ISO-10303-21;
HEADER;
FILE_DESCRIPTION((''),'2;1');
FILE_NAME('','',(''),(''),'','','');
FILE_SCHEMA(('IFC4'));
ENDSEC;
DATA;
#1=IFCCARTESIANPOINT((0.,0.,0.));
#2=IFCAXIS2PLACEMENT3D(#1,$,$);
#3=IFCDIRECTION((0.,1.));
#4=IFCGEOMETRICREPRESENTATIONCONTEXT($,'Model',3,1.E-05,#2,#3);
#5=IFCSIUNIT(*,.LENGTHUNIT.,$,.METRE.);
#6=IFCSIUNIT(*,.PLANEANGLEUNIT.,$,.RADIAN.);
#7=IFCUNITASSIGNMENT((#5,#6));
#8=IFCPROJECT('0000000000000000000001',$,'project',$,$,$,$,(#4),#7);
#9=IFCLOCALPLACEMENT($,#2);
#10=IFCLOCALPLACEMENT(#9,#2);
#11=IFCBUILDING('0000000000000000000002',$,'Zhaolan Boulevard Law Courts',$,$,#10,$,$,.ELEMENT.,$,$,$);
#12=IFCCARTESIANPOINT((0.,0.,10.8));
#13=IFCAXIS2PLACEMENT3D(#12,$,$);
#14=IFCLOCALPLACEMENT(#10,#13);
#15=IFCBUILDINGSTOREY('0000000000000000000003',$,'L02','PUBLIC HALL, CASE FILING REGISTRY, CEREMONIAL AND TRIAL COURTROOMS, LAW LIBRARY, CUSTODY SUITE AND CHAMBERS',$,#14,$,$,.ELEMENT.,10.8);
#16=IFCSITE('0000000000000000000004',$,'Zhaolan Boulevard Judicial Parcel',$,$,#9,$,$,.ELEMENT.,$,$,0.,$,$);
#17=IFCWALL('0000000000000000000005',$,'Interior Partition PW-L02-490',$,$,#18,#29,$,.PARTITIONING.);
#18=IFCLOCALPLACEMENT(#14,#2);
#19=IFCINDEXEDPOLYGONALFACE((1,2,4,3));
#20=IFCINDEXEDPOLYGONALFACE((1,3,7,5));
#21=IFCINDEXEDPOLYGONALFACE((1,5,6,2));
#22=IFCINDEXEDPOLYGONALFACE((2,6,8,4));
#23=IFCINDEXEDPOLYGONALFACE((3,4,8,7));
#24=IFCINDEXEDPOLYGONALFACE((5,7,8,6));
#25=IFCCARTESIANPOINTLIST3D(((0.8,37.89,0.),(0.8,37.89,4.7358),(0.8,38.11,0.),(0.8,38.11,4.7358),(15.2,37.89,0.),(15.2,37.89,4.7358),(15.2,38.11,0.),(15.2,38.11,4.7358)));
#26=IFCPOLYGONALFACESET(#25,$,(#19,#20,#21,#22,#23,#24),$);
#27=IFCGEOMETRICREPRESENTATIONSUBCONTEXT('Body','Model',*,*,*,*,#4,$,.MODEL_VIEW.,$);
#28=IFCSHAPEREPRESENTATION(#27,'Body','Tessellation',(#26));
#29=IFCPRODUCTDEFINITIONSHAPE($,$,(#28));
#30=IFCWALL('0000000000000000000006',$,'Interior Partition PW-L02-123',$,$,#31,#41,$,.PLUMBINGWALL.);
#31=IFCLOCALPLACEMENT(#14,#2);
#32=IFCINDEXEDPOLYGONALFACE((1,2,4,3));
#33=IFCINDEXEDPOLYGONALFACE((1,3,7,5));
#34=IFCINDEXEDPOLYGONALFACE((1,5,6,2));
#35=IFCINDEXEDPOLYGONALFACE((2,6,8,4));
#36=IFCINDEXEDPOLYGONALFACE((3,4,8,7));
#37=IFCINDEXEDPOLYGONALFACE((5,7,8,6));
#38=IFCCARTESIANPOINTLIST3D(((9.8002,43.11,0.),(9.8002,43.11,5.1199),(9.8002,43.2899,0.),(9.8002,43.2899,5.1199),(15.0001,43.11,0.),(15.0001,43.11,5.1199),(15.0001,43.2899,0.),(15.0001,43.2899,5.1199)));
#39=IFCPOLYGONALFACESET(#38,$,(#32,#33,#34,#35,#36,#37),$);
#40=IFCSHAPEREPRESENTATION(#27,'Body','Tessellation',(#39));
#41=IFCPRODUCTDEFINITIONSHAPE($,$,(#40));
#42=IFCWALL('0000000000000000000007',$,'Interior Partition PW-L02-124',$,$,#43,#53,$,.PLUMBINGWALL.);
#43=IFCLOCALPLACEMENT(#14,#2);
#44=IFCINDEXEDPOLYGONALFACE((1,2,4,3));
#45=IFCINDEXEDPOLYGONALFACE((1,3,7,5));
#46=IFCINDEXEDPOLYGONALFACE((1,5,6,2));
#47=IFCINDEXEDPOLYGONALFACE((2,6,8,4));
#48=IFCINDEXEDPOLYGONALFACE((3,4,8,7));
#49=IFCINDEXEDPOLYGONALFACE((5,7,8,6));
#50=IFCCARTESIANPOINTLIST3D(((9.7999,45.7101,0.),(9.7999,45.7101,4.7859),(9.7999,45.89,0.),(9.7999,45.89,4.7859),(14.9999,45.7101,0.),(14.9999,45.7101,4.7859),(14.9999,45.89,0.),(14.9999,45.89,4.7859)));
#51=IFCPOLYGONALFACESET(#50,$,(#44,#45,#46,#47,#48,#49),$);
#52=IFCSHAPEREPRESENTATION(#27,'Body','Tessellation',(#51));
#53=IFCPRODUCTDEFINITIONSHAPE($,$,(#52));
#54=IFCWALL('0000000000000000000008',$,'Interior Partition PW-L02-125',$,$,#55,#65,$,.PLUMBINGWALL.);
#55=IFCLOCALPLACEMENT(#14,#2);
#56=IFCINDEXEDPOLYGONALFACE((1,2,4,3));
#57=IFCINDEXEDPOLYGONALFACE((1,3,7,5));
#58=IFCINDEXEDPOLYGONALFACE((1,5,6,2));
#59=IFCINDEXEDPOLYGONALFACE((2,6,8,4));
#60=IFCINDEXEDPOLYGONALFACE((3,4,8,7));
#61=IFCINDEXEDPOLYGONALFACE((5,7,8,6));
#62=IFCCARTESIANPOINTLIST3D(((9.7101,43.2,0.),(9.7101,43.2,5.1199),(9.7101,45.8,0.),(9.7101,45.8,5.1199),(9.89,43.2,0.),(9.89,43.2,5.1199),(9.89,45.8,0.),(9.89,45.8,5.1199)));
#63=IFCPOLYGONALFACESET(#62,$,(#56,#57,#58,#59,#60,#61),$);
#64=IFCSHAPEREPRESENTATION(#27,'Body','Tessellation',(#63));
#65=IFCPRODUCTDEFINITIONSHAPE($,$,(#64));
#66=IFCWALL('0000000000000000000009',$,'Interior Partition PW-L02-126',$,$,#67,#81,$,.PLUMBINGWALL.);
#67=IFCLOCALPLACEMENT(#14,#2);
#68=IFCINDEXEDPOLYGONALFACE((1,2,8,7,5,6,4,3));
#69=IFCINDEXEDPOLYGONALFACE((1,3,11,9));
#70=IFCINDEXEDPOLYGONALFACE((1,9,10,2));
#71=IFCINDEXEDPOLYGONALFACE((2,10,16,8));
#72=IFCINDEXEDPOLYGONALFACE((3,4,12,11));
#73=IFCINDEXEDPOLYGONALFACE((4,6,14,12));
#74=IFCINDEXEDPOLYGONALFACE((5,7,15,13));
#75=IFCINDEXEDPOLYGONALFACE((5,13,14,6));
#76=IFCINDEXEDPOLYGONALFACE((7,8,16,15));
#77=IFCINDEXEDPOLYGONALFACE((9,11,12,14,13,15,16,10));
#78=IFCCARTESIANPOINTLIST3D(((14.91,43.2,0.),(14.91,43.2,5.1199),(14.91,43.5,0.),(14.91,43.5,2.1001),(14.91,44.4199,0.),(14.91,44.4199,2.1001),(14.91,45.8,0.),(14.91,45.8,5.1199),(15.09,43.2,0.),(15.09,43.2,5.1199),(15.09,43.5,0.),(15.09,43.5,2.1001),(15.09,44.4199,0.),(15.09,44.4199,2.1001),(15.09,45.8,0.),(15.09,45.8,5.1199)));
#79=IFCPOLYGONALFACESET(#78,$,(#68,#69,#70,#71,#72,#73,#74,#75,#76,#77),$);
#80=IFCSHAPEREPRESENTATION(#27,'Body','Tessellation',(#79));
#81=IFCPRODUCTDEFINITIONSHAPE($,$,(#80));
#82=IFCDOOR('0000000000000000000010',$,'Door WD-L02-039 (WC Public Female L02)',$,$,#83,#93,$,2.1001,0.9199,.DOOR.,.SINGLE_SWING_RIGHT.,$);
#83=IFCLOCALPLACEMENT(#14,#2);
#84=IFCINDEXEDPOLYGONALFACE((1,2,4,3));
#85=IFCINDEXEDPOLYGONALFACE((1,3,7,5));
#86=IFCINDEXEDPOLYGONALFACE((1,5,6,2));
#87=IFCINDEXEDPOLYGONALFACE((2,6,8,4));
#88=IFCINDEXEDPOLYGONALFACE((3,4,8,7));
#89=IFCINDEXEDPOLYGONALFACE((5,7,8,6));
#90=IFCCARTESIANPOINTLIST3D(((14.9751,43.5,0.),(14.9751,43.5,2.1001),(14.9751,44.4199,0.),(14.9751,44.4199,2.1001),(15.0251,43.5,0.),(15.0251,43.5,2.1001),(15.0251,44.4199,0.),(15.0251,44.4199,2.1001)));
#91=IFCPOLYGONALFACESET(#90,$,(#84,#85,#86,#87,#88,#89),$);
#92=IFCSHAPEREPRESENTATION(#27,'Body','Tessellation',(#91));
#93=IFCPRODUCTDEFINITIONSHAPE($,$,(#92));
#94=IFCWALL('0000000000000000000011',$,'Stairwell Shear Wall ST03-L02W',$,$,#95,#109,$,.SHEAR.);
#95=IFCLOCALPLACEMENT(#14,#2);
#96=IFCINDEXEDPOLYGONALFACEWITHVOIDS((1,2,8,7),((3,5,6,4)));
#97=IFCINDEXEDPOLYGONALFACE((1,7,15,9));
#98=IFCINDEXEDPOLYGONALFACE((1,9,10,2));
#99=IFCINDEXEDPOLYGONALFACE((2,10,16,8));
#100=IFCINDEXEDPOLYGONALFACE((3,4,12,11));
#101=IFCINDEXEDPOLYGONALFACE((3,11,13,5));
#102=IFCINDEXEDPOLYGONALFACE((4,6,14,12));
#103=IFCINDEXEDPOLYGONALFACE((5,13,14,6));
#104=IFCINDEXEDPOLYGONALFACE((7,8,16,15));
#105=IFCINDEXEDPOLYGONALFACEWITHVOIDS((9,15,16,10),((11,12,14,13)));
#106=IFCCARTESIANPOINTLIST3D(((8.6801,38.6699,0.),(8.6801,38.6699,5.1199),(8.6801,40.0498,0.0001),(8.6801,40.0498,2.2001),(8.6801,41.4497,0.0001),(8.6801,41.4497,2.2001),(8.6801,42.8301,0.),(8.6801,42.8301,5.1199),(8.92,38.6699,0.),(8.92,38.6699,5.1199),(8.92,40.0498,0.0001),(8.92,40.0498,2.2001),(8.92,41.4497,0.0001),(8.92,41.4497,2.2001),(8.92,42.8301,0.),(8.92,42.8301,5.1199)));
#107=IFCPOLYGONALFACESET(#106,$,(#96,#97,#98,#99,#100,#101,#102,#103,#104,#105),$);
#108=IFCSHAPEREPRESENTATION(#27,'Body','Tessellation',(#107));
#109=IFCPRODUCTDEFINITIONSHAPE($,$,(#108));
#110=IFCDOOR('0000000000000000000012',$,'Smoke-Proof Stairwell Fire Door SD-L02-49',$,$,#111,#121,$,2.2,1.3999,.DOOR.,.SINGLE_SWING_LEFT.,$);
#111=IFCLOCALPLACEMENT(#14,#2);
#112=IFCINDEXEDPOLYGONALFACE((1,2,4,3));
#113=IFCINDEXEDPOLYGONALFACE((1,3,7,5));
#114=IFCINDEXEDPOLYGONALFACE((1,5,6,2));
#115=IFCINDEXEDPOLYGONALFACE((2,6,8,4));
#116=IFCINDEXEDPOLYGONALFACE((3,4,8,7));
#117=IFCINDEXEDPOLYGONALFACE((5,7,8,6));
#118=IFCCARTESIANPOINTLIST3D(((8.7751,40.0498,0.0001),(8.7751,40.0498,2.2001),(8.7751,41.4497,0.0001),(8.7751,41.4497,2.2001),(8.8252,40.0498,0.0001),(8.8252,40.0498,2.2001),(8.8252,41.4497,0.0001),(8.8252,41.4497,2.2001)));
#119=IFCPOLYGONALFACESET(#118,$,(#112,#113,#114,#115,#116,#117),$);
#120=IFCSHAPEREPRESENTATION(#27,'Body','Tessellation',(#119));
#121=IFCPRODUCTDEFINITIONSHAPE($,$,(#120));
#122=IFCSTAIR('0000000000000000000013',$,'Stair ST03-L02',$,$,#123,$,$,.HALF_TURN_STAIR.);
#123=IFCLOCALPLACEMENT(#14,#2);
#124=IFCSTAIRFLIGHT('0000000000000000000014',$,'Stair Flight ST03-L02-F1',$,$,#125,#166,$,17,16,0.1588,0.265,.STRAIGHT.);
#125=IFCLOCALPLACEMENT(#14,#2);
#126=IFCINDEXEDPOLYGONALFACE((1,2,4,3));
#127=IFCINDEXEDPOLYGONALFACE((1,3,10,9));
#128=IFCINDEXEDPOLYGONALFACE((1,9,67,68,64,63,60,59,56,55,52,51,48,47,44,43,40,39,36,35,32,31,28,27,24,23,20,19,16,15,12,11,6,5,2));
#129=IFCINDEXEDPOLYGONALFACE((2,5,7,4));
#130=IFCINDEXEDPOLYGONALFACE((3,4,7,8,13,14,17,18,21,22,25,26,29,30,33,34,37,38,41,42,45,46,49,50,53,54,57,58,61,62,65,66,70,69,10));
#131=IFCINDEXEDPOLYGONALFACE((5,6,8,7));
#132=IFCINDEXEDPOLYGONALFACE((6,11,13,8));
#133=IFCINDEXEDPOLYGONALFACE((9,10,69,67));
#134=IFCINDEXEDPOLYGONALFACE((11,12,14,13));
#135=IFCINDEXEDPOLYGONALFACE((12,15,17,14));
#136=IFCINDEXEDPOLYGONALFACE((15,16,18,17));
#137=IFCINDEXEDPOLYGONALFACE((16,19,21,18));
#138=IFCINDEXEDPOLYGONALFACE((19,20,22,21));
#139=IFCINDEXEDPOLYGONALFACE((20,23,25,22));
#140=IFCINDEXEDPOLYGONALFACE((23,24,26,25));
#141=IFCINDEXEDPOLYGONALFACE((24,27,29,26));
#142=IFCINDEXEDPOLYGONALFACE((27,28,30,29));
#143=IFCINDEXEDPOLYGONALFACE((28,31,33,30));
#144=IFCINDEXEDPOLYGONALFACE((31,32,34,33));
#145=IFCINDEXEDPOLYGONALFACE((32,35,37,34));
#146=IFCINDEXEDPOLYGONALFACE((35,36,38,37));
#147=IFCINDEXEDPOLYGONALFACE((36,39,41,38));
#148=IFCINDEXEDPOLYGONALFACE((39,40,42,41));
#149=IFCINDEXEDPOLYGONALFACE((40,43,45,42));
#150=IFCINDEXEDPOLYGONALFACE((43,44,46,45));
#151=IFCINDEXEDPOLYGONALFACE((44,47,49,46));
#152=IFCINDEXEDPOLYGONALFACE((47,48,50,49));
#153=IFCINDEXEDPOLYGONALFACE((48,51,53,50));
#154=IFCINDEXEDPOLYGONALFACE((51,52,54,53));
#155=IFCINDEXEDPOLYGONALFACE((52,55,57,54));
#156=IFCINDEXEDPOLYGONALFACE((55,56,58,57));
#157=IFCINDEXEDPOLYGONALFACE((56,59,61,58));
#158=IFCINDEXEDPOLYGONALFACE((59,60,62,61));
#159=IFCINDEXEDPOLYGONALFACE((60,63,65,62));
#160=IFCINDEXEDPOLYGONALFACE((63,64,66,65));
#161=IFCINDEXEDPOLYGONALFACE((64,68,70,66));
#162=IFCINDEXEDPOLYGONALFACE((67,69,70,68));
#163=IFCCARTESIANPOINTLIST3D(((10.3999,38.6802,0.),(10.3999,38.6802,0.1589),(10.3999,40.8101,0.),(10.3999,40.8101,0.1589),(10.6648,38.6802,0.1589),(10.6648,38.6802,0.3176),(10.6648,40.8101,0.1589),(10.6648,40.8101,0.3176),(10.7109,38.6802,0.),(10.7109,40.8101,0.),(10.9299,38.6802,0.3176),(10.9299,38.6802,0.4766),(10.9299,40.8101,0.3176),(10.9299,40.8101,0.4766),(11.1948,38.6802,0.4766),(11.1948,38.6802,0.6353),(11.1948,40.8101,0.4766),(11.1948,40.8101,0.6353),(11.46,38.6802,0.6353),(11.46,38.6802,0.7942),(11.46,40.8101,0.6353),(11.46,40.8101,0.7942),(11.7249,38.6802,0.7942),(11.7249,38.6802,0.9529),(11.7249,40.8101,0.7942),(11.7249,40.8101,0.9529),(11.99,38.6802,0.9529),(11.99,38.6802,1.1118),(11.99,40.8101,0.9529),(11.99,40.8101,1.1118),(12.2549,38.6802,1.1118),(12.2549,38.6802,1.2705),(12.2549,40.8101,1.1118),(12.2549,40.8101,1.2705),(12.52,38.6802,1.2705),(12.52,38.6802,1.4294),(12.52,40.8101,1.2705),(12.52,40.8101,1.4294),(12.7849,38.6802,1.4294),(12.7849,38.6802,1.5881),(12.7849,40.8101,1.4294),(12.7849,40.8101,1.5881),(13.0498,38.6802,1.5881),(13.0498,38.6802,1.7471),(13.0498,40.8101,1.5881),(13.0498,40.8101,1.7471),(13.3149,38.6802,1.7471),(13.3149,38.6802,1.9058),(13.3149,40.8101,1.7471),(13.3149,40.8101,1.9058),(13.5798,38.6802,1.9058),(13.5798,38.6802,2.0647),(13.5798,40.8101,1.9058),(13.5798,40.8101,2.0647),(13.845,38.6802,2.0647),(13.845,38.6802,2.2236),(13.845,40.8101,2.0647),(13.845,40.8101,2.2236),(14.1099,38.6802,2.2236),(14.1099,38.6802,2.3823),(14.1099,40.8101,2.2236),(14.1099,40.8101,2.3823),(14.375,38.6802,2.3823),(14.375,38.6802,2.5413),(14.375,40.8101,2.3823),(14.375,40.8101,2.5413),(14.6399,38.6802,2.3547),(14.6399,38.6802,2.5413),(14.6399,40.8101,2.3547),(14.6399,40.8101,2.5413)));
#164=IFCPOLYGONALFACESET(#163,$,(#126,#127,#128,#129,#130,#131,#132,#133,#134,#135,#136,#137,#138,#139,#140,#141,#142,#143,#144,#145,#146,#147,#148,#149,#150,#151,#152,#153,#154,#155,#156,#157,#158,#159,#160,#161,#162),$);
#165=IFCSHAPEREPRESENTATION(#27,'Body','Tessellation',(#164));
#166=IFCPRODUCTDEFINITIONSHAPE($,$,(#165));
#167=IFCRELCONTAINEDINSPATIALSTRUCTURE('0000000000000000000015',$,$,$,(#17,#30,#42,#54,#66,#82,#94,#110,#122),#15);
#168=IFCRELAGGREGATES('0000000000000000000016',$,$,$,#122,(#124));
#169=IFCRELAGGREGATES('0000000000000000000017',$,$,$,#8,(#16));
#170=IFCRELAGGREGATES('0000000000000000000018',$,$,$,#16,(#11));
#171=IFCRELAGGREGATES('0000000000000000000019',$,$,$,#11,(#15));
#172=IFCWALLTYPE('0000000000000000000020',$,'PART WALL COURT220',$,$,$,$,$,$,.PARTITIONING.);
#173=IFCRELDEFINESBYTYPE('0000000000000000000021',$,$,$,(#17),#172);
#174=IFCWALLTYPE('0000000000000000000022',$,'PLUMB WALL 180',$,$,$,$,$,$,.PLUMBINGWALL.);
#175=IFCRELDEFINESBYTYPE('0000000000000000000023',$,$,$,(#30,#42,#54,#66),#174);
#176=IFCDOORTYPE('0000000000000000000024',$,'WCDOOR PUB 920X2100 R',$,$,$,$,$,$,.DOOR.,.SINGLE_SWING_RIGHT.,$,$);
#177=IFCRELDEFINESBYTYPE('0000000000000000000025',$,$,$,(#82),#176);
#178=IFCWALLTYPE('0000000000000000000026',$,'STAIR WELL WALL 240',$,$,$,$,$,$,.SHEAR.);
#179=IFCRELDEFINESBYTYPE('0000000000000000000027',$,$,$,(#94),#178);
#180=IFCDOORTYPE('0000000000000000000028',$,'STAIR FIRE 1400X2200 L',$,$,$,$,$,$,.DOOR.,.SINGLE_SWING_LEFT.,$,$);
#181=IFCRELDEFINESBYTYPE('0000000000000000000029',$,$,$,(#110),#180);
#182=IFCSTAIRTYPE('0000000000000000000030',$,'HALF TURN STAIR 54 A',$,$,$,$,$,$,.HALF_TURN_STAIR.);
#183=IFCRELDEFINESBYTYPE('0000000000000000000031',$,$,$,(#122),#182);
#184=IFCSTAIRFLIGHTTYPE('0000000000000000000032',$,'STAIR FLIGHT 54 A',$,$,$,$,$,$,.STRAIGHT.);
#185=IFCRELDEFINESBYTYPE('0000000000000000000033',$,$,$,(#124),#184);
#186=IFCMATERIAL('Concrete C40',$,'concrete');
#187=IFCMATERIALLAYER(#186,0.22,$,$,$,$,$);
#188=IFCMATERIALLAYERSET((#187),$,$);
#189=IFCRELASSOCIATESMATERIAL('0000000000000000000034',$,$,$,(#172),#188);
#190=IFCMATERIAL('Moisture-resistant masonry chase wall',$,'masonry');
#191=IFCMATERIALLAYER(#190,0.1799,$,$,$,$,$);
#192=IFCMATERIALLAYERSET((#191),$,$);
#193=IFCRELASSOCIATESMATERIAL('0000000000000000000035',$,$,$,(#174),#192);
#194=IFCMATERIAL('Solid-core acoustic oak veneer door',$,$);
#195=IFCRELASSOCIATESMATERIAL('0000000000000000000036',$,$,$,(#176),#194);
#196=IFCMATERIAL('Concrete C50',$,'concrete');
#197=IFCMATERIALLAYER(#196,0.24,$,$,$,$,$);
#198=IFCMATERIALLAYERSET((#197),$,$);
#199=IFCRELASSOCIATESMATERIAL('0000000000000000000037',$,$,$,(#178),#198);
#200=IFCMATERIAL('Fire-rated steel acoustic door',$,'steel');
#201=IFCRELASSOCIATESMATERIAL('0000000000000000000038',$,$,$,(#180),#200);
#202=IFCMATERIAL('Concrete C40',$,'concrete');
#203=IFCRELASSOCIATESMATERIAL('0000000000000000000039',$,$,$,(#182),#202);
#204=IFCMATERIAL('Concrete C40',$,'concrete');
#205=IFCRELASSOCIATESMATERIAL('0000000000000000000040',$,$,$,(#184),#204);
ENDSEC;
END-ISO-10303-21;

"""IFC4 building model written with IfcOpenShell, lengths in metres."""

from ifc_helpers import new_model, si_unit, direction, frame, frame_2d, origin, place, context, subcontext, project, spatial, polyline, rectangle, outline, extrude, material, layer, layer_set, type_object, element, fill, aggregate, save


model = new_model("IFC4")

# Units and contexts
model_context = context("Model", 3, precision=1e-05, world=origin(), true_north=direction((0.0, 1.0)))
body_context = subcontext(model_context, "Body", "Model", "MODEL_VIEW")
ifc_project = project(units=[si_unit("LENGTHUNIT", "METRE"), si_unit("PLANEANGLEUNIT", "RADIAN")], contexts=[model_context])

# Site, building, storey
site_placement = place(None, origin())
site = spatial("IfcSite", under=ifc_project, at=site_placement, Name="Zhaolan Boulevard Judicial Parcel", CompositionType="ELEMENT", RefElevation=0.0)
building_placement = place(site_placement, origin())
building = spatial("IfcBuilding", under=site, at=building_placement, Name="Zhaolan Boulevard Law Courts", CompositionType="ELEMENT")
storey_placement = place(building_placement, frame((0.0, 0.0, 10.8)))
storey = spatial("IfcBuildingStorey", under=building, at=storey_placement, Name="L02", Description="PUBLIC HALL, CASE FILING REGISTRY, CEREMONIAL AND TRIAL COURTROOMS, LAW LIBRARY, CUSTODY SUITE AND CHAMBERS", CompositionType="ELEMENT", Elevation=10.8)

# Walls
ifc_material_1 = material(Name="Concrete C40", Category="concrete")
ifc_layer_1 = layer(ifc_material_1, 0.22)
ifc_layer_set_1 = layer_set([ifc_layer_1])
wall_type_1 = type_object("IfcWallType", Name="PART WALL COURT220", PredefinedType="PARTITIONING", material=ifc_layer_set_1)
wall_1_placement = place(storey_placement, frame((15.2, 38.0, 0.0), z_axis=(0.0, 0.0, 1.0), x_axis=(-1.0, 0.0, 0.0)))
element("IfcWall", 1, at=wall_1_placement, inside=storey, type_object=wall_type_1, Name="Interior Partition PW-L02-490", PredefinedType="PARTITIONING", context=body_context, shape_type="SweptSolid", body=[
    extrude(rectangle(XDim=14.3999, YDim=0.22, at=frame_2d((7.2, 0.0))), origin(), (0.0, 0.0, 1.0), 4.7358),
])
ifc_material_2 = material(Name="Moisture-resistant masonry chase wall", Category="masonry")
ifc_layer_2 = layer(ifc_material_2, 0.1799)
ifc_layer_set_2 = layer_set([ifc_layer_2])
wall_type_2 = type_object("IfcWallType", Name="PLUMB WALL 180", PredefinedType="PLUMBINGWALL", material=ifc_layer_set_2)
wall_2_placement = place(storey_placement, frame((9.8, 43.2, 0.0), z_axis=(0.0, 0.0, 1.0), x_axis=(1.0, 0.0, 0.0)))
element("IfcWall", 2, at=wall_2_placement, inside=storey, type_object=wall_type_2, Name="Interior Partition PW-L02-123", PredefinedType="PLUMBINGWALL", context=body_context, shape_type="SweptSolid", body=[
    extrude(rectangle(XDim=5.2, YDim=0.1799, at=frame_2d((2.6001, 0.0))), origin(), (0.0, 0.0, 1.0), 5.1199),
])
wall_3_placement = place(storey_placement, frame((15.0, 45.8, 0.0), z_axis=(0.0, 0.0, 1.0), x_axis=(-1.0, 0.0, 0.0)))
element("IfcWall", 3, at=wall_3_placement, inside=storey, type_object=wall_type_2, Name="Interior Partition PW-L02-124", PredefinedType="PLUMBINGWALL", context=body_context, shape_type="SweptSolid", body=[
    extrude(rectangle(XDim=5.2, YDim=0.1799, at=frame_2d((2.6001, 0.0))), origin(), (0.0, 0.0, 1.0), 4.7859),
])
wall_4_placement = place(storey_placement, frame((9.8, 45.8, 0.0), z_axis=(0.0, 0.0, 1.0), x_axis=(0.0, -1.0, 0.0)))
element("IfcWall", 4, at=wall_4_placement, inside=storey, type_object=wall_type_2, Name="Interior Partition PW-L02-125", PredefinedType="PLUMBINGWALL", context=body_context, shape_type="SweptSolid", body=[
    extrude(rectangle(XDim=2.6001, YDim=0.1799, at=frame_2d((1.3, 0.0))), origin(), (0.0, 0.0, 1.0), 5.1199),
])

# Walls, openings, doors
wall_5_placement = place(storey_placement, frame((15.0, 43.2, 0.0), z_axis=(0.0, 0.0, 1.0), x_axis=(0.0, 1.0, 0.0)))
wall_5 = element("IfcWall", 5, at=wall_5_placement, inside=storey, type_object=wall_type_2, Name="Interior Partition PW-L02-126", PredefinedType="PLUMBINGWALL", context=body_context, shape_type="SweptSolid", body=[
    extrude(rectangle(XDim=2.6001, YDim=0.1799, at=frame_2d((1.3, 0.0))), origin(), (0.0, 0.0, 1.0), 5.1199),
])
opening_1_placement = place(wall_5_placement, frame((0.3, 0.0, 0.0)))
opening_1 = element("IfcOpeningElement", 6, at=opening_1_placement, cuts=wall_5, PredefinedType="OPENING", context=body_context, shape_type="SweptSolid", body=[
    extrude(rectangle(XDim=0.9199, YDim=2.1001, at=frame_2d((0.46, 1.05))), frame((0.0, 0.0999, 0.0), z_axis=(0.0, -1.0, 0.0), x_axis=(1.0, 0.0, 0.0)), (0.0, 0.0, 1.0), 0.2),
])
ifc_material_3 = material(Name="Solid-core acoustic oak veneer door")
door_type_1 = type_object("IfcDoorType", Name="WCDOOR PUB 920X2100 R", OperationType="SINGLE_SWING_RIGHT", PredefinedType="DOOR", material=ifc_material_3)
door_1_placement = place(opening_1_placement, origin())
door_1 = element("IfcDoor", 7, at=door_1_placement, inside=storey, type_object=door_type_1, Name="Door WD-L02-039 (WC Public Female L02)", OperationType="SINGLE_SWING_RIGHT", OverallHeight=2.1001, OverallWidth=0.9199, PredefinedType="DOOR", context=body_context, shape_type="SweptSolid", body=[
    extrude(rectangle(XDim=0.9199, YDim=2.1001, at=frame_2d((0.46, 1.05))), frame((0.0, 0.0249, 0.0), z_axis=(0.0, -1.0, 0.0), x_axis=(1.0, 0.0, 0.0)), (0.0, 0.0, 1.0), 0.05),
])
fill(opening_1, door_1)
ifc_material_4 = material(Name="Concrete C50", Category="concrete")
ifc_layer_3 = layer(ifc_material_4, 0.24)
ifc_layer_set_3 = layer_set([ifc_layer_3])
wall_type_3 = type_object("IfcWallType", Name="STAIR WELL WALL 240", PredefinedType="SHEAR", material=ifc_layer_set_3)
wall_6_placement = place(storey_placement, frame((8.8, 38.6699, 0.0), z_axis=(0.0, 0.0, 1.0), x_axis=(0.0, 1.0, 0.0)))
wall_6 = element("IfcWall", 8, at=wall_6_placement, inside=storey, type_object=wall_type_3, Name="Stairwell Shear Wall ST03-L02W", PredefinedType="SHEAR", context=body_context, shape_type="SweptSolid", body=[
    extrude(rectangle(XDim=4.1602, YDim=0.24, at=frame_2d((2.0801, 0.0))), origin(), (0.0, 0.0, 1.0), 5.1199),
])
opening_2_placement = place(wall_6_placement, frame((1.3799, 0.0, 0.0)))
opening_2 = element("IfcOpeningElement", 9, at=opening_2_placement, cuts=wall_6, PredefinedType="OPENING", context=body_context, shape_type="SweptSolid", body=[
    extrude(rectangle(XDim=1.3999, YDim=2.2, at=frame_2d((0.7, 1.1001))), frame((0.0, 0.1299, 0.0), z_axis=(0.0, -1.0, 0.0), x_axis=(1.0, 0.0, 0.0)), (0.0, 0.0, 1.0), 0.26),
])
ifc_material_5 = material(Name="Fire-rated steel acoustic door", Category="steel")
door_type_2 = type_object("IfcDoorType", Name="STAIR FIRE 1400X2200 L", OperationType="SINGLE_SWING_LEFT", PredefinedType="DOOR", material=ifc_material_5)
door_2_placement = place(opening_2_placement, origin())
door_2 = element("IfcDoor", 10, at=door_2_placement, inside=storey, type_object=door_type_2, Name="Smoke-Proof Stairwell Fire Door SD-L02-49", OperationType="SINGLE_SWING_LEFT", OverallHeight=2.2, OverallWidth=1.3999, PredefinedType="DOOR", context=body_context, shape_type="SweptSolid", body=[
    extrude(rectangle(XDim=1.3999, YDim=2.2, at=frame_2d((0.7, 1.1001))), frame((0.0, 0.0249, 0.0), z_axis=(0.0, -1.0, 0.0), x_axis=(1.0, 0.0, 0.0)), (0.0, 0.0, 1.0), 0.05),
])
fill(opening_2, door_2)

# Stair, stair flight
ifc_material_6 = material(Name="Concrete C40", Category="concrete")
stair_type = type_object("IfcStairType", Name="HALF TURN STAIR 54 A", PredefinedType="HALF_TURN_STAIR", material=ifc_material_6)
stair_placement = place(storey_placement, origin())
stair = element("IfcStair", 11, at=stair_placement, inside=storey, type_object=stair_type, Name="Stair ST03-L02", PredefinedType="HALF_TURN_STAIR")
ifc_material_7 = material(Name="Concrete C40", Category="concrete")
stair_flight_type = type_object("IfcStairFlightType", Name="STAIR FLIGHT 54 A", PredefinedType="STRAIGHT", material=ifc_material_7)
stair_flight_1_placement = place(storey_placement, frame((10.3999, 39.7451, 0.0), z_axis=(0.0, 0.0, 1.0), x_axis=(1.0, 0.0, 0.0)))
stair_flight_1 = element("IfcStairFlight", 12, at=stair_flight_1_placement, type_object=stair_flight_type, Name="Stair Flight ST03-L02-F1", NumberOfRisers=17, NumberOfTreads=16, PredefinedType="STRAIGHT", RiserHeight=0.1588, TreadLength=0.265, context=body_context, shape_type="SweptSolid", body=[
    extrude(outline(polyline([(0.0, 0.0), (0.0, 0.1589), (0.2649, 0.1589), (0.2649, 0.3176), (0.53, 0.3176), (0.53, 0.4766), (0.7949, 0.4766), (0.7949, 0.6353), (1.0601, 0.6353), (1.0601, 0.7942), (1.325, 0.7942), (1.325, 0.9529), (1.5901, 0.9529), (1.5901, 1.1118), (1.855, 1.1118), (1.855, 1.2705), (2.1201, 1.2705), (2.1201, 1.4294), (2.385, 1.4294), (2.385, 1.5881), (2.6499, 1.5881), (2.6499, 1.7471), (2.915, 1.7471), (2.915, 1.9058), (3.1799, 1.9058), (3.1799, 2.0647), (3.4451, 2.0647), (3.4451, 2.2236), (3.71, 2.2236), (3.71, 2.3823), (3.9751, 2.3823), (3.9751, 2.5413), (4.24, 2.5413), (4.24, 2.7), (4.24, 2.3547), (0.311, 0.0), (0.0, 0.0)])), frame((0.0, 1.0649, 0.0), z_axis=(0.0, -1.0, 0.0), x_axis=(1.0, 0.0, 0.0)), (0.0, 0.0, 1.0), 2.1299),
])
aggregate(stair, [stair_flight_1])

save(model, "model.ifc")
